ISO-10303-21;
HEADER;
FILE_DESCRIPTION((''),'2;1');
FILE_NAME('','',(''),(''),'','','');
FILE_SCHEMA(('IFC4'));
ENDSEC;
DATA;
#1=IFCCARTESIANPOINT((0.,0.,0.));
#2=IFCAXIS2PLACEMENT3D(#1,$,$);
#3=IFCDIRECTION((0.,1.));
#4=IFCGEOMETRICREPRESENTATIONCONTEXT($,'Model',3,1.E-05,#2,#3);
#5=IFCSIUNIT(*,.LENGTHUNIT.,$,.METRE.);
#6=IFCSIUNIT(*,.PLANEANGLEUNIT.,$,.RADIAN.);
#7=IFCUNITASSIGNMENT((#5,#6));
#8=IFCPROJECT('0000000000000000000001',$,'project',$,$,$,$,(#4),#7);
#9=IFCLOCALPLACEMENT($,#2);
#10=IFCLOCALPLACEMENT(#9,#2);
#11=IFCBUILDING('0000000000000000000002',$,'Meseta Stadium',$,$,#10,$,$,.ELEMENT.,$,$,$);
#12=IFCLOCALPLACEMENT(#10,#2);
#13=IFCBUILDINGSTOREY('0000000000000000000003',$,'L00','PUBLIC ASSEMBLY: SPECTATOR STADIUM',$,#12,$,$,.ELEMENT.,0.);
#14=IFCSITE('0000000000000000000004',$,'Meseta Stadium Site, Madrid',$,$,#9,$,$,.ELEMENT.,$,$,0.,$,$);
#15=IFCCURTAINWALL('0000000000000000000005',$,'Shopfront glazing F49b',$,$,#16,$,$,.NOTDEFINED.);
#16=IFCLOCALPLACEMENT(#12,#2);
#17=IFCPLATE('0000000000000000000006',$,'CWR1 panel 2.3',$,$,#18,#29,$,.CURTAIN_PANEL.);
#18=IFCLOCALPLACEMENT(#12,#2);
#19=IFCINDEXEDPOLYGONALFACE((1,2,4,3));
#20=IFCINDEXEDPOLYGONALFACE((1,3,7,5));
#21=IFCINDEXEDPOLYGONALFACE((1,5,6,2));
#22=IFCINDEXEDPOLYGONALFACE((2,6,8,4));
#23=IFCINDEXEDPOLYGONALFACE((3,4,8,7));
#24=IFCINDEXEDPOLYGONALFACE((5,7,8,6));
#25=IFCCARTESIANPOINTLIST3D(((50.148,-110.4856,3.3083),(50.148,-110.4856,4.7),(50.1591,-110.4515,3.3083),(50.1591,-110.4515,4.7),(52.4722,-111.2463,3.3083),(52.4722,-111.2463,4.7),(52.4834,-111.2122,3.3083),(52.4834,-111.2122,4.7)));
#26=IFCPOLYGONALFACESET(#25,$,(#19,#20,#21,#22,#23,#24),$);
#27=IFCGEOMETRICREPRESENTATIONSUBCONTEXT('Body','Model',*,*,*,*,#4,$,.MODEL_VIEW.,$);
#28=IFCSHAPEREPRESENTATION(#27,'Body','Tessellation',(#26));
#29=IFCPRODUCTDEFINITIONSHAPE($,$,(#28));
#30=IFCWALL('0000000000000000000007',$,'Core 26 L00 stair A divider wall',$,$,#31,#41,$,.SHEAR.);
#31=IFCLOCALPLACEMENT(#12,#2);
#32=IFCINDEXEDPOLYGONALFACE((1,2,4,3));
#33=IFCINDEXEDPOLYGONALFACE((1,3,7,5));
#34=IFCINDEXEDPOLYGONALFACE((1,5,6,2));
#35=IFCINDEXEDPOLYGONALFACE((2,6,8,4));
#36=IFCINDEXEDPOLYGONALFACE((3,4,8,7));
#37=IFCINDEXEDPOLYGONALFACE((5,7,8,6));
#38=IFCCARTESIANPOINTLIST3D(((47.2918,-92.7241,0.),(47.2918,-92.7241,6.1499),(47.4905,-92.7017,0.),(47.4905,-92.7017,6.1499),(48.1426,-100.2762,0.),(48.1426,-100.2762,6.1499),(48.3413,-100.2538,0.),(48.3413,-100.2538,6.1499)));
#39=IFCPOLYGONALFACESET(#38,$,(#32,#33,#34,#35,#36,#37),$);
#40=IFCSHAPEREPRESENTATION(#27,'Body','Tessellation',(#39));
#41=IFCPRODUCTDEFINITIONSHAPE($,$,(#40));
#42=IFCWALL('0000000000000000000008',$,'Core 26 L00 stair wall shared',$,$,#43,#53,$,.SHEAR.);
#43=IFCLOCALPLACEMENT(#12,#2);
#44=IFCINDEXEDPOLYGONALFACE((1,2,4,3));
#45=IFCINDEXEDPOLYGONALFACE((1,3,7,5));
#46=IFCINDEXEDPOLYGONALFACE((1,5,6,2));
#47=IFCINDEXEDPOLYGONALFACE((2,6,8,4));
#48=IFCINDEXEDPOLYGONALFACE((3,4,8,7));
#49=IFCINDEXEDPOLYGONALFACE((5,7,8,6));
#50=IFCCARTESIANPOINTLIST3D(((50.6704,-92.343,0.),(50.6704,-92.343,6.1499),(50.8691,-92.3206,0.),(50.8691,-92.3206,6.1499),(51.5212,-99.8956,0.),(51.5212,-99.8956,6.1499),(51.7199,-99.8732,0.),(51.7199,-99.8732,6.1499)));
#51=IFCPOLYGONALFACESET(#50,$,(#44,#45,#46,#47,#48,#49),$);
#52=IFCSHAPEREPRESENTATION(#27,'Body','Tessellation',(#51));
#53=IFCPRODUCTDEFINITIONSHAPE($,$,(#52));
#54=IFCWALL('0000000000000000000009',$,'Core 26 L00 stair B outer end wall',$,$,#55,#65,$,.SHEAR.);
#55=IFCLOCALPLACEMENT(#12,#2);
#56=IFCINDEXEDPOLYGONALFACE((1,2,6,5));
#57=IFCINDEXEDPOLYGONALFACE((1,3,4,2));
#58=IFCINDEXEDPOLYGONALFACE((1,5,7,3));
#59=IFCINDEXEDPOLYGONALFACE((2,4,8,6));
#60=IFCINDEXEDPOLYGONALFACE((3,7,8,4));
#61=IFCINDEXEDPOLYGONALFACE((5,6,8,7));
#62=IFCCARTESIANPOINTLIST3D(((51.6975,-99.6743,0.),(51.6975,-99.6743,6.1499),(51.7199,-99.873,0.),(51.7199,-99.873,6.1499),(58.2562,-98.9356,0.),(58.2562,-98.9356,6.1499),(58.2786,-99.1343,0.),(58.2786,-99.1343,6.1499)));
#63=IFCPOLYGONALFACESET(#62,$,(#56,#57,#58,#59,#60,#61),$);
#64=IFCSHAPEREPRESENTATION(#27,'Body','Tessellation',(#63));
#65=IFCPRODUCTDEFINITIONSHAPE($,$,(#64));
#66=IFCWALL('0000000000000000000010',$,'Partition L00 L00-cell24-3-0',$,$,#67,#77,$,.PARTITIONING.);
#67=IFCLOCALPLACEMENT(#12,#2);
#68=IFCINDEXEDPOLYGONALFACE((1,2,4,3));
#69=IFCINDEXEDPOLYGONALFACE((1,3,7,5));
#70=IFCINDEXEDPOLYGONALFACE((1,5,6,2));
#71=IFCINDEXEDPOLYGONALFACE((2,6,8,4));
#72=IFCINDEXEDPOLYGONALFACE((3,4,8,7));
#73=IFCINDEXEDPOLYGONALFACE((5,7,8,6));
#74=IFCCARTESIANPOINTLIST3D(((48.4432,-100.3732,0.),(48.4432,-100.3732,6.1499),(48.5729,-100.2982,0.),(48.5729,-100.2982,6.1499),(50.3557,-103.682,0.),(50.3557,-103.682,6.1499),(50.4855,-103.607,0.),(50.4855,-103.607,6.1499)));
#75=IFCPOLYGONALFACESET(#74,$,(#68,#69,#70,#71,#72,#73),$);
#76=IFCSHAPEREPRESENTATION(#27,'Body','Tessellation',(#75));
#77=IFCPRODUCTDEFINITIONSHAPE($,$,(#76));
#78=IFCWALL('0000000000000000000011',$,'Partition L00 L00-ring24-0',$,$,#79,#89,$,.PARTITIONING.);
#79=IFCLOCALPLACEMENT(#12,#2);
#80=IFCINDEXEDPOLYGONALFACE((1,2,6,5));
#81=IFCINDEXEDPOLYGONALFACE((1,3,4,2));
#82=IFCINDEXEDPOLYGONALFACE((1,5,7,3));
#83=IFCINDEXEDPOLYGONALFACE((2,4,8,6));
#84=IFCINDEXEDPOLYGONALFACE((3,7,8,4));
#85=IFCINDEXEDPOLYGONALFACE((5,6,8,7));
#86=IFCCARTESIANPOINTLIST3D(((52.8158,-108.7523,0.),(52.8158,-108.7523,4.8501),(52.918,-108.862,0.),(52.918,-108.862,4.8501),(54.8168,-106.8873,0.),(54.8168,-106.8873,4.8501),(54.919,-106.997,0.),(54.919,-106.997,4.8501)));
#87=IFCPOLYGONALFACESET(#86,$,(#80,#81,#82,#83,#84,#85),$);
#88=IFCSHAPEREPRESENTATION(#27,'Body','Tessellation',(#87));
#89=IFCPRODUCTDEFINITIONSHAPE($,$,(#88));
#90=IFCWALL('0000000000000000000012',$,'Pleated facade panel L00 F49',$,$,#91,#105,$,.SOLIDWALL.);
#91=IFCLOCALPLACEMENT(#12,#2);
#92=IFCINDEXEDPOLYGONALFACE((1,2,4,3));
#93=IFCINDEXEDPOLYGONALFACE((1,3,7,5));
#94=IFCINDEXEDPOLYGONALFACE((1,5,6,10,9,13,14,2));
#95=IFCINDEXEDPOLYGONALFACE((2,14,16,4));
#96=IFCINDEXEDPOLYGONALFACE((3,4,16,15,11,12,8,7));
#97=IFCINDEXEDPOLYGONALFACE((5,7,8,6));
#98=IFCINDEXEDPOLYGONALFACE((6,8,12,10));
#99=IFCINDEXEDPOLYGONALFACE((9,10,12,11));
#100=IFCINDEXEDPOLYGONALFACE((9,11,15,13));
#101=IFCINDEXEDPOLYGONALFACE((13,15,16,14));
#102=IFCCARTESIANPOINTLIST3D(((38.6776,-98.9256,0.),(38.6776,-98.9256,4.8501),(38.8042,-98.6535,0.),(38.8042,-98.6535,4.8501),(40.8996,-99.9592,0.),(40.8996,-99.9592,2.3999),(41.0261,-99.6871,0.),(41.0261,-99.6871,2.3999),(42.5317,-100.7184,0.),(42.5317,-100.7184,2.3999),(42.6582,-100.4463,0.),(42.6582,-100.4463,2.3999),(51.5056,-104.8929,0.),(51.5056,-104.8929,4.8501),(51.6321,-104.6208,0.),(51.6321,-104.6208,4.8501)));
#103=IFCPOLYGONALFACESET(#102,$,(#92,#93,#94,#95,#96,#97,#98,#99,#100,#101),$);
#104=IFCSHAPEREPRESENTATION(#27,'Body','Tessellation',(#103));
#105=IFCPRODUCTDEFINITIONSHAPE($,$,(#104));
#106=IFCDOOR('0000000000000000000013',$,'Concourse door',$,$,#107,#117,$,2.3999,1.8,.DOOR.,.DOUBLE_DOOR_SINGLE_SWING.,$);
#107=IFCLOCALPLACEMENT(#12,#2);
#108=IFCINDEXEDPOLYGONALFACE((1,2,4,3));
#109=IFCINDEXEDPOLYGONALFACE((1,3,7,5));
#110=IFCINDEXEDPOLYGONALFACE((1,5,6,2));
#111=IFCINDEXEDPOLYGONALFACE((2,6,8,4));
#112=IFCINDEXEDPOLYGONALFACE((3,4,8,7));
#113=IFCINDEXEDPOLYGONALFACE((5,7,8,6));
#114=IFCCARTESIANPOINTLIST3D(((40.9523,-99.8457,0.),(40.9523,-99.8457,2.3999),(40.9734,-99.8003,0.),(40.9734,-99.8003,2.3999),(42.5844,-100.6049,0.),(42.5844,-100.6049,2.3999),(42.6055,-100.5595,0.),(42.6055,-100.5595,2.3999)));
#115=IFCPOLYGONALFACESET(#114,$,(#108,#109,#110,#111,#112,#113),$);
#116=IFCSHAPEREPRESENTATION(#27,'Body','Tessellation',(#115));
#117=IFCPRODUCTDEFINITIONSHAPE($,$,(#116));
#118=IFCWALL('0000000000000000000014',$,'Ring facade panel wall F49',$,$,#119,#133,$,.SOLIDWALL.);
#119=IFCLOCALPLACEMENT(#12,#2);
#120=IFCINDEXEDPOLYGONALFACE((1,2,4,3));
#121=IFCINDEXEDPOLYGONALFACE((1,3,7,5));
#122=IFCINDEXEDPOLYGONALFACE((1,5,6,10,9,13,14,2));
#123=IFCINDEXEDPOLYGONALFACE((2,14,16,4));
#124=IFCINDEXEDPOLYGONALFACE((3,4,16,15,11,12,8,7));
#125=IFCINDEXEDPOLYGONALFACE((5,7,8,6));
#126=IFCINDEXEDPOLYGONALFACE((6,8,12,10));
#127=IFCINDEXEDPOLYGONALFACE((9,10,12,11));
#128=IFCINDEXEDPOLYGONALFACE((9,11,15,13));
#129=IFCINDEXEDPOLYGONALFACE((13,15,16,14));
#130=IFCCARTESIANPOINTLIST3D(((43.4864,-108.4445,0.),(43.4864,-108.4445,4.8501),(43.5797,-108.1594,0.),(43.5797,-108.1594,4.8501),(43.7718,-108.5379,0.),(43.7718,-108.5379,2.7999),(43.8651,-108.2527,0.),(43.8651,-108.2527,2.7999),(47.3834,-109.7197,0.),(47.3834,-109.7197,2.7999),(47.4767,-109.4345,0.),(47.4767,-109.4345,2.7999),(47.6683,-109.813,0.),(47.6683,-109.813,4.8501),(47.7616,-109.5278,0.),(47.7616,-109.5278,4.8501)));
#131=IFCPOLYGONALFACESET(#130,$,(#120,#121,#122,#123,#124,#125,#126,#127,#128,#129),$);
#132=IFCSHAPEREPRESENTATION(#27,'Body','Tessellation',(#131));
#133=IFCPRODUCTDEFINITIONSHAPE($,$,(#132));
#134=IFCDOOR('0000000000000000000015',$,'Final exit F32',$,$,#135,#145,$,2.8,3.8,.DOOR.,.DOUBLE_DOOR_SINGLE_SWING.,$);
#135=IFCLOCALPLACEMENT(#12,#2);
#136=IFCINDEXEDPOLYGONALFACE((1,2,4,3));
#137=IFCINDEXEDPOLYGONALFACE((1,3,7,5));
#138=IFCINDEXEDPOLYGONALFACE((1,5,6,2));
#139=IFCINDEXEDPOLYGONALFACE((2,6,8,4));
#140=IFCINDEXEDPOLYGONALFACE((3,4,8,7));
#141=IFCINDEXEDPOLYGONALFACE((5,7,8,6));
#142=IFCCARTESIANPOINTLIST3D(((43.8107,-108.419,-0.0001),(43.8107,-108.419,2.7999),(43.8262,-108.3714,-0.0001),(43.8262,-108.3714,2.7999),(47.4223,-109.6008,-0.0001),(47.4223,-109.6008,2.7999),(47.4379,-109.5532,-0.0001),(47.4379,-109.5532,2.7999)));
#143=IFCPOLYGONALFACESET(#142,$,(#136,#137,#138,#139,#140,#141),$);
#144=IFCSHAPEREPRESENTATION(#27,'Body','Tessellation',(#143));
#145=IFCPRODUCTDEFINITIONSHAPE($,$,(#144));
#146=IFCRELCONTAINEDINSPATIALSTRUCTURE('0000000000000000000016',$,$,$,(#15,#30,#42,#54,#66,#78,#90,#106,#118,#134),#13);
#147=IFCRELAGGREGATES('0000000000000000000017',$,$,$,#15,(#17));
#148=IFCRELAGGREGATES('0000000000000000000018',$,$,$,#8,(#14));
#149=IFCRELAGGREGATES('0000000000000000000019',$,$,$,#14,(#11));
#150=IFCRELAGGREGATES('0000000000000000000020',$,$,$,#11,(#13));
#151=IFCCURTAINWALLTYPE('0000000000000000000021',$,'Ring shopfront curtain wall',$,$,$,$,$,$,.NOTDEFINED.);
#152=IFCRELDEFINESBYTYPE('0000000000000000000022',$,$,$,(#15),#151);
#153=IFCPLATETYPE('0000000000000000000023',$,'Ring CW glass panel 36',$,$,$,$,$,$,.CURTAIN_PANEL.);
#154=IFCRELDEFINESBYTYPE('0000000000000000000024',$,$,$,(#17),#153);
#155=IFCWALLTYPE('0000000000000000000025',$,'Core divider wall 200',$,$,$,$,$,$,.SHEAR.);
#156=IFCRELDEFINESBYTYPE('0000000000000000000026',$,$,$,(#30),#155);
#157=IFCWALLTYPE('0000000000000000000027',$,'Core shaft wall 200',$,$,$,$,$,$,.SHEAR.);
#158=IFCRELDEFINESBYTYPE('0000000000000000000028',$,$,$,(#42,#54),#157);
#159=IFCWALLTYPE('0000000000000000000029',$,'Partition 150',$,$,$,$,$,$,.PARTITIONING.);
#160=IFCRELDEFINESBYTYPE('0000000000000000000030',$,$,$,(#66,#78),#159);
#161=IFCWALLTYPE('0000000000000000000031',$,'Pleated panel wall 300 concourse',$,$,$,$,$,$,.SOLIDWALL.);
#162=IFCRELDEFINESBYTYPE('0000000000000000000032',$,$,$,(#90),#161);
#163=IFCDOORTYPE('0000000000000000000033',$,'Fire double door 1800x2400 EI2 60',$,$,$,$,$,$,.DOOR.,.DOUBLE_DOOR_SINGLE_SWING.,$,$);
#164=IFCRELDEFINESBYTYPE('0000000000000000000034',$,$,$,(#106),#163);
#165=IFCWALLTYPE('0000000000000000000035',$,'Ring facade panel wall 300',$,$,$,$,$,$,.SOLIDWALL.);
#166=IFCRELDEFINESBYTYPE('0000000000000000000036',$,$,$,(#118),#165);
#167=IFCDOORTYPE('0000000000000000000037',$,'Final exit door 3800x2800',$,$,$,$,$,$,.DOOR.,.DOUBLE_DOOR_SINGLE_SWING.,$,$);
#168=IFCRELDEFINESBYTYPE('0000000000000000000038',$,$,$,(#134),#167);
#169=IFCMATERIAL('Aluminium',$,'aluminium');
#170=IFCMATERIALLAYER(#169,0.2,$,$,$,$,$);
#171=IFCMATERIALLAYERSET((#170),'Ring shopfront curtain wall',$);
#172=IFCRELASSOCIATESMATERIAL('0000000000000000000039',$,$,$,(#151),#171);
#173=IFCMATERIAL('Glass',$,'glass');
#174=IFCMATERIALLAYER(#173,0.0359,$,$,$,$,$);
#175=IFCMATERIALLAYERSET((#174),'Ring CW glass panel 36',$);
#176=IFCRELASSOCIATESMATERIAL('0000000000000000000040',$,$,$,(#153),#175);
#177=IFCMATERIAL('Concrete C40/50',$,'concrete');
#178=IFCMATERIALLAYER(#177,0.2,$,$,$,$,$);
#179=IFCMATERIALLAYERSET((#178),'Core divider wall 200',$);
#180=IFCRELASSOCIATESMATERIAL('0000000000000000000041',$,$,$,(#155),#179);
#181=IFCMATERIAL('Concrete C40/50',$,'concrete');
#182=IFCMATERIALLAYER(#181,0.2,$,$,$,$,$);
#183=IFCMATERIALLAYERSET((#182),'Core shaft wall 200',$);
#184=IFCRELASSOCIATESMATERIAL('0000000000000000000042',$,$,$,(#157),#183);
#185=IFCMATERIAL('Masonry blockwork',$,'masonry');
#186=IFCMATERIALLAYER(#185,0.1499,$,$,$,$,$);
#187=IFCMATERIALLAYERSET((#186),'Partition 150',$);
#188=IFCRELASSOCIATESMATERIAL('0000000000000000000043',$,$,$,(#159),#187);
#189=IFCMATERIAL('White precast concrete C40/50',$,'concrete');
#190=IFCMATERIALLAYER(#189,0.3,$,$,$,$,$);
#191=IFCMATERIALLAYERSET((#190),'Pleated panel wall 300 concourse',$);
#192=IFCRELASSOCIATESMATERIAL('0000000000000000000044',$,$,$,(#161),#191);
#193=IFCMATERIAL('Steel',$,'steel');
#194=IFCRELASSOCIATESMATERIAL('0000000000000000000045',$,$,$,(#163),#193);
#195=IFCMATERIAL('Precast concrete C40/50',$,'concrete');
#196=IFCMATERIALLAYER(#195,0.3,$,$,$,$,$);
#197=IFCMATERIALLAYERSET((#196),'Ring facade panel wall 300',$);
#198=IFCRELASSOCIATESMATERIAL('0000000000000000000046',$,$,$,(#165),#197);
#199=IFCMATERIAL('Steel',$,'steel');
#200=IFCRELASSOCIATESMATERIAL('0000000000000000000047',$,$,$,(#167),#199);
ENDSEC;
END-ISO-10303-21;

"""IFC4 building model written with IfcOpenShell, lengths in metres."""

from ifc_helpers import new_model, si_unit, direction, frame, frame_2d, origin, origin_2d, place, context, subcontext, project, spatial, rectangle, extrude, material, layer, layer_set, type_object, element, fill, aggregate, save


model = new_model("IFC4")

# Units and contexts
model_context = context("Model", 3, precision=1e-05, world=origin(), true_north=direction((0.0, 1.0)))
body_context = subcontext(model_context, "Body", "Model", "MODEL_VIEW")
ifc_project = project(units=[si_unit("LENGTHUNIT", "METRE"), si_unit("PLANEANGLEUNIT", "RADIAN")], contexts=[model_context])

# Site, building, storey
site_placement = place(None, origin())
site = spatial("IfcSite", under=ifc_project, at=site_placement, Name="Meseta Stadium Site, Madrid", CompositionType="ELEMENT", RefElevation=0.0)
building_placement = place(site_placement, origin())
building = spatial("IfcBuilding", under=site, at=building_placement, Name="Meseta Stadium", CompositionType="ELEMENT")
storey_placement = place(building_placement, origin())
storey = spatial("IfcBuildingStorey", under=building, at=storey_placement, Name="L00", Description="PUBLIC ASSEMBLY: SPECTATOR STADIUM", CompositionType="ELEMENT", Elevation=0.0)

# Curtain wall, plate
ifc_material_1 = material(Name="Aluminium", Category="aluminium")
ifc_layer_1 = layer(ifc_material_1, 0.2)
ifc_layer_set_1 = layer_set([ifc_layer_1], Name="Ring shopfront curtain wall")
curtain_wall_type = type_object("IfcCurtainWallType", Name="Ring shopfront curtain wall", PredefinedType="NOTDEFINED", material=ifc_layer_set_1)
curtain_wall_placement = place(storey_placement, origin())
curtain_wall = element("IfcCurtainWall", 1, at=curtain_wall_placement, inside=storey, type_object=curtain_wall_type, Name="Shopfront glazing F49b", PredefinedType="NOTDEFINED")
ifc_material_2 = material(Name="Glass", Category="glass")
ifc_layer_2 = layer(ifc_material_2, 0.0359)
ifc_layer_set_2 = layer_set([ifc_layer_2], Name="Ring CW glass panel 36")
plate_type = type_object("IfcPlateType", Name="Ring CW glass panel 36", PredefinedType="CURTAIN_PANEL", material=ifc_layer_set_2)
plate_1_placement = place(storey_placement, frame((51.3157, -110.8489, 3.3083), z_axis=(0.0, 0.0, 1.0), x_axis=(0.950396, -0.311041, 0.0)))
plate_1 = element("IfcPlate", 2, at=plate_1_placement, type_object=plate_type, Name="CWR1 panel 2.3", PredefinedType="CURTAIN_PANEL", context=body_context, shape_type="SweptSolid", body=[
    extrude(rectangle(XDim=2.4456, YDim=0.0359, at=origin_2d()), origin(), (0.0, 0.0, 1.0), 1.3916),
])
aggregate(curtain_wall, [plate_1])

# Walls
ifc_material_3 = material(Name="Concrete C40/50", Category="concrete")
ifc_layer_3 = layer(ifc_material_3, 0.2)
ifc_layer_set_3 = layer_set([ifc_layer_3], Name="Core divider wall 200")
wall_type_1 = type_object("IfcWallType", Name="Core divider wall 200", PredefinedType="SHEAR", material=ifc_layer_set_3)
wall_1_placement = place(storey_placement, frame((48.2419, -100.2649, 0.0), z_axis=(0.0, 0.0, 1.0), x_axis=(-0.111955, 0.993713, 0.0)))
element("IfcWall", 3, at=wall_1_placement, inside=storey, type_object=wall_type_1, Name="Core 26 L00 stair A divider wall", PredefinedType="SHEAR", context=body_context, shape_type="SweptSolid", body=[
    extrude(rectangle(XDim=7.5999, YDim=0.2, at=frame_2d((3.7998, 0.0))), origin(), (0.0, 0.0, 1.0), 6.1499),
])
ifc_material_4 = material(Name="Concrete C40/50", Category="concrete")
ifc_layer_4 = layer(ifc_material_4, 0.2)
ifc_layer_set_4 = layer_set([ifc_layer_4], Name="Core shaft wall 200")
wall_type_2 = type_object("IfcWallType", Name="Core shaft wall 200", PredefinedType="SHEAR", material=ifc_layer_set_4)
wall_2_placement = place(storey_placement, frame((51.6206, -99.8845, 0.0), z_axis=(0.0, 0.0, 1.0), x_axis=(-0.111947, 0.993714, 0.0)))
element("IfcWall", 4, at=wall_2_placement, inside=storey, type_object=wall_type_2, Name="Core 26 L00 stair wall shared", PredefinedType="SHEAR", context=body_context, shape_type="SweptSolid", body=[
    extrude(rectangle(XDim=7.6003, YDim=0.2, at=frame_2d((3.8003, 0.0))), origin(), (0.0, 0.0, 1.0), 6.1499),
])
wall_3_placement = place(storey_placement, frame((51.7087, -99.7737, 0.0), z_axis=(0.0, 0.0, 1.0), x_axis=(0.993716, 0.111934, 0.0)))
element("IfcWall", 5, at=wall_3_placement, inside=storey, type_object=wall_type_2, Name="Core 26 L00 stair B outer end wall", PredefinedType="SHEAR", context=body_context, shape_type="SweptSolid", body=[
    extrude(rectangle(XDim=6.6001, YDim=0.2, at=frame_2d((3.3, 0.0))), origin(), (0.0, 0.0, 1.0), 6.1499),
])
ifc_material_5 = material(Name="Masonry blockwork", Category="masonry")
ifc_layer_5 = layer(ifc_material_5, 0.1499)
ifc_layer_set_5 = layer_set([ifc_layer_5], Name="Partition 150")
wall_type_3 = type_object("IfcWallType", Name="Partition 150", PredefinedType="PARTITIONING", material=ifc_layer_set_5)
wall_4_placement = place(storey_placement, frame((48.5081, -100.3357, 0.0), z_axis=(0.0, 0.0, 1.0), x_axis=(0.500439, -0.865772, 0.0)))
element("IfcWall", 6, at=wall_4_placement, inside=storey, type_object=wall_type_3, Name="Partition L00 L00-cell24-3-0", PredefinedType="PARTITIONING", context=body_context, shape_type="SweptSolid", body=[
    extrude(rectangle(XDim=3.8218, YDim=0.1499, at=frame_2d((1.9109, 0.0))), origin(), (0.0, 0.0, 1.0), 6.1499),
])
wall_5_placement = place(storey_placement, frame((52.8669, -108.8071, 0.0), z_axis=(0.0, 0.0, 1.0), x_axis=(0.731527, 0.681812, 0.0)))
element("IfcWall", 7, at=wall_5_placement, inside=storey, type_object=wall_type_3, Name="Partition L00 L00-ring24-0", PredefinedType="PARTITIONING", context=body_context, shape_type="SweptSolid", body=[
    extrude(rectangle(XDim=2.7354, YDim=0.1499, at=frame_2d((1.3677, 0.0))), origin(), (0.0, 0.0, 1.0), 4.8501),
])

# Walls, openings, doors
ifc_material_6 = material(Name="White precast concrete C40/50", Category="concrete")
ifc_layer_6 = layer(ifc_material_6, 0.3)
ifc_layer_set_6 = layer_set([ifc_layer_6], Name="Pleated panel wall 300 concourse")
wall_type_4 = type_object("IfcWallType", Name="Pleated panel wall 300 concourse", PredefinedType="SOLIDWALL", material=ifc_layer_set_6)
wall_6_placement = place(storey_placement, frame((51.5688, -104.7568, 0.0), z_axis=(0.0, 0.0, 1.0), x_axis=(-0.906699, 0.421779, 0.0)))
wall_6 = element("IfcWall", 8, at=wall_6_placement, inside=storey, type_object=wall_type_4, Name="Pleated facade panel L00 F49", PredefinedType="SOLIDWALL", context=body_context, shape_type="SweptSolid", body=[
    extrude(rectangle(XDim=14.1479, YDim=0.3, at=frame_2d((7.074, 0.0))), origin(), (0.0, 0.0, 1.0), 4.8501),
])
opening_1_placement = place(wall_6_placement, frame((9.8975, 0.0, 0.0)))
opening_1 = element("IfcOpeningElement", 9, at=opening_1_placement, cuts=wall_6, PredefinedType="OPENING", context=body_context, shape_type="SweptSolid", body=[
    extrude(rectangle(XDim=1.8, YDim=2.3999, at=frame_2d((0.8999, 1.2))), frame((0.0, 0.1599, 0.0), z_axis=(0.0, -1.0, 0.0), x_axis=(1.0, 0.0, 0.0)), (0.0, 0.0, 1.0), 0.3201),
])
ifc_material_7 = material(Name="Steel", Category="steel")
door_type_1 = type_object("IfcDoorType", Name="Fire double door 1800x2400 EI2 60", OperationType="DOUBLE_DOOR_SINGLE_SWING", PredefinedType="DOOR", material=ifc_material_7)
door_1_placement = place(opening_1_placement, origin())
door_1 = element("IfcDoor", 10, at=door_1_placement, inside=storey, type_object=door_type_1, Name="Concourse door", OperationType="DOUBLE_DOOR_SINGLE_SWING", OverallHeight=2.3999, OverallWidth=1.8, PredefinedType="DOOR", context=body_context, shape_type="SweptSolid", body=[
    extrude(rectangle(XDim=1.8, YDim=2.3999, at=frame_2d((0.8999, 1.2))), frame((0.0, 0.0249, 0.0), z_axis=(0.0, -1.0, 0.0), x_axis=(1.0, 0.0, 0.0)), (0.0, 0.0, 1.0), 0.05),
])
fill(opening_1, door_1)
ifc_material_8 = material(Name="Precast concrete C40/50", Category="concrete")
ifc_layer_7 = layer(ifc_material_8, 0.3)
ifc_layer_set_7 = layer_set([ifc_layer_7], Name="Ring facade panel wall 300")
wall_type_5 = type_object("IfcWallType", Name="Ring facade panel wall 300", PredefinedType="SOLIDWALL", material=ifc_layer_set_7)
wall_7_placement = place(storey_placement, frame((47.7151, -109.6704, 0.0), z_axis=(0.0, 0.0, 1.0), x_axis=(-0.950411, 0.310996, 0.0)))
wall_7 = element("IfcWall", 11, at=wall_7_placement, inside=storey, type_object=wall_type_5, Name="Ring facade panel wall F49", PredefinedType="SOLIDWALL", context=body_context, shape_type="SweptSolid", body=[
    extrude(rectangle(XDim=4.4001, YDim=0.3, at=frame_2d((2.2002, 0.0))), origin(), (0.0, 0.0, 1.0), 4.8501),
])
opening_2_placement = place(wall_7_placement, frame((0.3, 0.0, 0.0)))
opening_2 = element("IfcOpeningElement", 12, at=opening_2_placement, cuts=wall_7, PredefinedType="OPENING", context=body_context, shape_type="SweptSolid", body=[
    extrude(rectangle(XDim=3.8, YDim=2.8, at=frame_2d((1.8999, 1.3999))), frame((0.0, 0.1599, 0.0), z_axis=(0.0, -1.0, 0.0), x_axis=(1.0, 0.0, 0.0)), (0.0, 0.0, 1.0), 0.3201),
])
ifc_material_9 = material(Name="Steel", Category="steel")
door_type_2 = type_object("IfcDoorType", Name="Final exit door 3800x2800", OperationType="DOUBLE_DOOR_SINGLE_SWING", PredefinedType="DOOR", material=ifc_material_9)
door_2_placement = place(opening_2_placement, origin())
door_2 = element("IfcDoor", 13, at=door_2_placement, inside=storey, type_object=door_type_2, Name="Final exit F32", OperationType="DOUBLE_DOOR_SINGLE_SWING", OverallHeight=2.8, OverallWidth=3.8, PredefinedType="DOOR", context=body_context, shape_type="SweptSolid", body=[
    extrude(rectangle(XDim=3.8, YDim=2.8, at=frame_2d((1.8999, 1.3999))), frame((0.0, 0.0249, 0.0), z_axis=(0.0, -1.0, 0.0), x_axis=(1.0, 0.0, 0.0)), (0.0, 0.0, 1.0), 0.05),
])
fill(opening_2, door_2)

save(model, "model.ifc")
